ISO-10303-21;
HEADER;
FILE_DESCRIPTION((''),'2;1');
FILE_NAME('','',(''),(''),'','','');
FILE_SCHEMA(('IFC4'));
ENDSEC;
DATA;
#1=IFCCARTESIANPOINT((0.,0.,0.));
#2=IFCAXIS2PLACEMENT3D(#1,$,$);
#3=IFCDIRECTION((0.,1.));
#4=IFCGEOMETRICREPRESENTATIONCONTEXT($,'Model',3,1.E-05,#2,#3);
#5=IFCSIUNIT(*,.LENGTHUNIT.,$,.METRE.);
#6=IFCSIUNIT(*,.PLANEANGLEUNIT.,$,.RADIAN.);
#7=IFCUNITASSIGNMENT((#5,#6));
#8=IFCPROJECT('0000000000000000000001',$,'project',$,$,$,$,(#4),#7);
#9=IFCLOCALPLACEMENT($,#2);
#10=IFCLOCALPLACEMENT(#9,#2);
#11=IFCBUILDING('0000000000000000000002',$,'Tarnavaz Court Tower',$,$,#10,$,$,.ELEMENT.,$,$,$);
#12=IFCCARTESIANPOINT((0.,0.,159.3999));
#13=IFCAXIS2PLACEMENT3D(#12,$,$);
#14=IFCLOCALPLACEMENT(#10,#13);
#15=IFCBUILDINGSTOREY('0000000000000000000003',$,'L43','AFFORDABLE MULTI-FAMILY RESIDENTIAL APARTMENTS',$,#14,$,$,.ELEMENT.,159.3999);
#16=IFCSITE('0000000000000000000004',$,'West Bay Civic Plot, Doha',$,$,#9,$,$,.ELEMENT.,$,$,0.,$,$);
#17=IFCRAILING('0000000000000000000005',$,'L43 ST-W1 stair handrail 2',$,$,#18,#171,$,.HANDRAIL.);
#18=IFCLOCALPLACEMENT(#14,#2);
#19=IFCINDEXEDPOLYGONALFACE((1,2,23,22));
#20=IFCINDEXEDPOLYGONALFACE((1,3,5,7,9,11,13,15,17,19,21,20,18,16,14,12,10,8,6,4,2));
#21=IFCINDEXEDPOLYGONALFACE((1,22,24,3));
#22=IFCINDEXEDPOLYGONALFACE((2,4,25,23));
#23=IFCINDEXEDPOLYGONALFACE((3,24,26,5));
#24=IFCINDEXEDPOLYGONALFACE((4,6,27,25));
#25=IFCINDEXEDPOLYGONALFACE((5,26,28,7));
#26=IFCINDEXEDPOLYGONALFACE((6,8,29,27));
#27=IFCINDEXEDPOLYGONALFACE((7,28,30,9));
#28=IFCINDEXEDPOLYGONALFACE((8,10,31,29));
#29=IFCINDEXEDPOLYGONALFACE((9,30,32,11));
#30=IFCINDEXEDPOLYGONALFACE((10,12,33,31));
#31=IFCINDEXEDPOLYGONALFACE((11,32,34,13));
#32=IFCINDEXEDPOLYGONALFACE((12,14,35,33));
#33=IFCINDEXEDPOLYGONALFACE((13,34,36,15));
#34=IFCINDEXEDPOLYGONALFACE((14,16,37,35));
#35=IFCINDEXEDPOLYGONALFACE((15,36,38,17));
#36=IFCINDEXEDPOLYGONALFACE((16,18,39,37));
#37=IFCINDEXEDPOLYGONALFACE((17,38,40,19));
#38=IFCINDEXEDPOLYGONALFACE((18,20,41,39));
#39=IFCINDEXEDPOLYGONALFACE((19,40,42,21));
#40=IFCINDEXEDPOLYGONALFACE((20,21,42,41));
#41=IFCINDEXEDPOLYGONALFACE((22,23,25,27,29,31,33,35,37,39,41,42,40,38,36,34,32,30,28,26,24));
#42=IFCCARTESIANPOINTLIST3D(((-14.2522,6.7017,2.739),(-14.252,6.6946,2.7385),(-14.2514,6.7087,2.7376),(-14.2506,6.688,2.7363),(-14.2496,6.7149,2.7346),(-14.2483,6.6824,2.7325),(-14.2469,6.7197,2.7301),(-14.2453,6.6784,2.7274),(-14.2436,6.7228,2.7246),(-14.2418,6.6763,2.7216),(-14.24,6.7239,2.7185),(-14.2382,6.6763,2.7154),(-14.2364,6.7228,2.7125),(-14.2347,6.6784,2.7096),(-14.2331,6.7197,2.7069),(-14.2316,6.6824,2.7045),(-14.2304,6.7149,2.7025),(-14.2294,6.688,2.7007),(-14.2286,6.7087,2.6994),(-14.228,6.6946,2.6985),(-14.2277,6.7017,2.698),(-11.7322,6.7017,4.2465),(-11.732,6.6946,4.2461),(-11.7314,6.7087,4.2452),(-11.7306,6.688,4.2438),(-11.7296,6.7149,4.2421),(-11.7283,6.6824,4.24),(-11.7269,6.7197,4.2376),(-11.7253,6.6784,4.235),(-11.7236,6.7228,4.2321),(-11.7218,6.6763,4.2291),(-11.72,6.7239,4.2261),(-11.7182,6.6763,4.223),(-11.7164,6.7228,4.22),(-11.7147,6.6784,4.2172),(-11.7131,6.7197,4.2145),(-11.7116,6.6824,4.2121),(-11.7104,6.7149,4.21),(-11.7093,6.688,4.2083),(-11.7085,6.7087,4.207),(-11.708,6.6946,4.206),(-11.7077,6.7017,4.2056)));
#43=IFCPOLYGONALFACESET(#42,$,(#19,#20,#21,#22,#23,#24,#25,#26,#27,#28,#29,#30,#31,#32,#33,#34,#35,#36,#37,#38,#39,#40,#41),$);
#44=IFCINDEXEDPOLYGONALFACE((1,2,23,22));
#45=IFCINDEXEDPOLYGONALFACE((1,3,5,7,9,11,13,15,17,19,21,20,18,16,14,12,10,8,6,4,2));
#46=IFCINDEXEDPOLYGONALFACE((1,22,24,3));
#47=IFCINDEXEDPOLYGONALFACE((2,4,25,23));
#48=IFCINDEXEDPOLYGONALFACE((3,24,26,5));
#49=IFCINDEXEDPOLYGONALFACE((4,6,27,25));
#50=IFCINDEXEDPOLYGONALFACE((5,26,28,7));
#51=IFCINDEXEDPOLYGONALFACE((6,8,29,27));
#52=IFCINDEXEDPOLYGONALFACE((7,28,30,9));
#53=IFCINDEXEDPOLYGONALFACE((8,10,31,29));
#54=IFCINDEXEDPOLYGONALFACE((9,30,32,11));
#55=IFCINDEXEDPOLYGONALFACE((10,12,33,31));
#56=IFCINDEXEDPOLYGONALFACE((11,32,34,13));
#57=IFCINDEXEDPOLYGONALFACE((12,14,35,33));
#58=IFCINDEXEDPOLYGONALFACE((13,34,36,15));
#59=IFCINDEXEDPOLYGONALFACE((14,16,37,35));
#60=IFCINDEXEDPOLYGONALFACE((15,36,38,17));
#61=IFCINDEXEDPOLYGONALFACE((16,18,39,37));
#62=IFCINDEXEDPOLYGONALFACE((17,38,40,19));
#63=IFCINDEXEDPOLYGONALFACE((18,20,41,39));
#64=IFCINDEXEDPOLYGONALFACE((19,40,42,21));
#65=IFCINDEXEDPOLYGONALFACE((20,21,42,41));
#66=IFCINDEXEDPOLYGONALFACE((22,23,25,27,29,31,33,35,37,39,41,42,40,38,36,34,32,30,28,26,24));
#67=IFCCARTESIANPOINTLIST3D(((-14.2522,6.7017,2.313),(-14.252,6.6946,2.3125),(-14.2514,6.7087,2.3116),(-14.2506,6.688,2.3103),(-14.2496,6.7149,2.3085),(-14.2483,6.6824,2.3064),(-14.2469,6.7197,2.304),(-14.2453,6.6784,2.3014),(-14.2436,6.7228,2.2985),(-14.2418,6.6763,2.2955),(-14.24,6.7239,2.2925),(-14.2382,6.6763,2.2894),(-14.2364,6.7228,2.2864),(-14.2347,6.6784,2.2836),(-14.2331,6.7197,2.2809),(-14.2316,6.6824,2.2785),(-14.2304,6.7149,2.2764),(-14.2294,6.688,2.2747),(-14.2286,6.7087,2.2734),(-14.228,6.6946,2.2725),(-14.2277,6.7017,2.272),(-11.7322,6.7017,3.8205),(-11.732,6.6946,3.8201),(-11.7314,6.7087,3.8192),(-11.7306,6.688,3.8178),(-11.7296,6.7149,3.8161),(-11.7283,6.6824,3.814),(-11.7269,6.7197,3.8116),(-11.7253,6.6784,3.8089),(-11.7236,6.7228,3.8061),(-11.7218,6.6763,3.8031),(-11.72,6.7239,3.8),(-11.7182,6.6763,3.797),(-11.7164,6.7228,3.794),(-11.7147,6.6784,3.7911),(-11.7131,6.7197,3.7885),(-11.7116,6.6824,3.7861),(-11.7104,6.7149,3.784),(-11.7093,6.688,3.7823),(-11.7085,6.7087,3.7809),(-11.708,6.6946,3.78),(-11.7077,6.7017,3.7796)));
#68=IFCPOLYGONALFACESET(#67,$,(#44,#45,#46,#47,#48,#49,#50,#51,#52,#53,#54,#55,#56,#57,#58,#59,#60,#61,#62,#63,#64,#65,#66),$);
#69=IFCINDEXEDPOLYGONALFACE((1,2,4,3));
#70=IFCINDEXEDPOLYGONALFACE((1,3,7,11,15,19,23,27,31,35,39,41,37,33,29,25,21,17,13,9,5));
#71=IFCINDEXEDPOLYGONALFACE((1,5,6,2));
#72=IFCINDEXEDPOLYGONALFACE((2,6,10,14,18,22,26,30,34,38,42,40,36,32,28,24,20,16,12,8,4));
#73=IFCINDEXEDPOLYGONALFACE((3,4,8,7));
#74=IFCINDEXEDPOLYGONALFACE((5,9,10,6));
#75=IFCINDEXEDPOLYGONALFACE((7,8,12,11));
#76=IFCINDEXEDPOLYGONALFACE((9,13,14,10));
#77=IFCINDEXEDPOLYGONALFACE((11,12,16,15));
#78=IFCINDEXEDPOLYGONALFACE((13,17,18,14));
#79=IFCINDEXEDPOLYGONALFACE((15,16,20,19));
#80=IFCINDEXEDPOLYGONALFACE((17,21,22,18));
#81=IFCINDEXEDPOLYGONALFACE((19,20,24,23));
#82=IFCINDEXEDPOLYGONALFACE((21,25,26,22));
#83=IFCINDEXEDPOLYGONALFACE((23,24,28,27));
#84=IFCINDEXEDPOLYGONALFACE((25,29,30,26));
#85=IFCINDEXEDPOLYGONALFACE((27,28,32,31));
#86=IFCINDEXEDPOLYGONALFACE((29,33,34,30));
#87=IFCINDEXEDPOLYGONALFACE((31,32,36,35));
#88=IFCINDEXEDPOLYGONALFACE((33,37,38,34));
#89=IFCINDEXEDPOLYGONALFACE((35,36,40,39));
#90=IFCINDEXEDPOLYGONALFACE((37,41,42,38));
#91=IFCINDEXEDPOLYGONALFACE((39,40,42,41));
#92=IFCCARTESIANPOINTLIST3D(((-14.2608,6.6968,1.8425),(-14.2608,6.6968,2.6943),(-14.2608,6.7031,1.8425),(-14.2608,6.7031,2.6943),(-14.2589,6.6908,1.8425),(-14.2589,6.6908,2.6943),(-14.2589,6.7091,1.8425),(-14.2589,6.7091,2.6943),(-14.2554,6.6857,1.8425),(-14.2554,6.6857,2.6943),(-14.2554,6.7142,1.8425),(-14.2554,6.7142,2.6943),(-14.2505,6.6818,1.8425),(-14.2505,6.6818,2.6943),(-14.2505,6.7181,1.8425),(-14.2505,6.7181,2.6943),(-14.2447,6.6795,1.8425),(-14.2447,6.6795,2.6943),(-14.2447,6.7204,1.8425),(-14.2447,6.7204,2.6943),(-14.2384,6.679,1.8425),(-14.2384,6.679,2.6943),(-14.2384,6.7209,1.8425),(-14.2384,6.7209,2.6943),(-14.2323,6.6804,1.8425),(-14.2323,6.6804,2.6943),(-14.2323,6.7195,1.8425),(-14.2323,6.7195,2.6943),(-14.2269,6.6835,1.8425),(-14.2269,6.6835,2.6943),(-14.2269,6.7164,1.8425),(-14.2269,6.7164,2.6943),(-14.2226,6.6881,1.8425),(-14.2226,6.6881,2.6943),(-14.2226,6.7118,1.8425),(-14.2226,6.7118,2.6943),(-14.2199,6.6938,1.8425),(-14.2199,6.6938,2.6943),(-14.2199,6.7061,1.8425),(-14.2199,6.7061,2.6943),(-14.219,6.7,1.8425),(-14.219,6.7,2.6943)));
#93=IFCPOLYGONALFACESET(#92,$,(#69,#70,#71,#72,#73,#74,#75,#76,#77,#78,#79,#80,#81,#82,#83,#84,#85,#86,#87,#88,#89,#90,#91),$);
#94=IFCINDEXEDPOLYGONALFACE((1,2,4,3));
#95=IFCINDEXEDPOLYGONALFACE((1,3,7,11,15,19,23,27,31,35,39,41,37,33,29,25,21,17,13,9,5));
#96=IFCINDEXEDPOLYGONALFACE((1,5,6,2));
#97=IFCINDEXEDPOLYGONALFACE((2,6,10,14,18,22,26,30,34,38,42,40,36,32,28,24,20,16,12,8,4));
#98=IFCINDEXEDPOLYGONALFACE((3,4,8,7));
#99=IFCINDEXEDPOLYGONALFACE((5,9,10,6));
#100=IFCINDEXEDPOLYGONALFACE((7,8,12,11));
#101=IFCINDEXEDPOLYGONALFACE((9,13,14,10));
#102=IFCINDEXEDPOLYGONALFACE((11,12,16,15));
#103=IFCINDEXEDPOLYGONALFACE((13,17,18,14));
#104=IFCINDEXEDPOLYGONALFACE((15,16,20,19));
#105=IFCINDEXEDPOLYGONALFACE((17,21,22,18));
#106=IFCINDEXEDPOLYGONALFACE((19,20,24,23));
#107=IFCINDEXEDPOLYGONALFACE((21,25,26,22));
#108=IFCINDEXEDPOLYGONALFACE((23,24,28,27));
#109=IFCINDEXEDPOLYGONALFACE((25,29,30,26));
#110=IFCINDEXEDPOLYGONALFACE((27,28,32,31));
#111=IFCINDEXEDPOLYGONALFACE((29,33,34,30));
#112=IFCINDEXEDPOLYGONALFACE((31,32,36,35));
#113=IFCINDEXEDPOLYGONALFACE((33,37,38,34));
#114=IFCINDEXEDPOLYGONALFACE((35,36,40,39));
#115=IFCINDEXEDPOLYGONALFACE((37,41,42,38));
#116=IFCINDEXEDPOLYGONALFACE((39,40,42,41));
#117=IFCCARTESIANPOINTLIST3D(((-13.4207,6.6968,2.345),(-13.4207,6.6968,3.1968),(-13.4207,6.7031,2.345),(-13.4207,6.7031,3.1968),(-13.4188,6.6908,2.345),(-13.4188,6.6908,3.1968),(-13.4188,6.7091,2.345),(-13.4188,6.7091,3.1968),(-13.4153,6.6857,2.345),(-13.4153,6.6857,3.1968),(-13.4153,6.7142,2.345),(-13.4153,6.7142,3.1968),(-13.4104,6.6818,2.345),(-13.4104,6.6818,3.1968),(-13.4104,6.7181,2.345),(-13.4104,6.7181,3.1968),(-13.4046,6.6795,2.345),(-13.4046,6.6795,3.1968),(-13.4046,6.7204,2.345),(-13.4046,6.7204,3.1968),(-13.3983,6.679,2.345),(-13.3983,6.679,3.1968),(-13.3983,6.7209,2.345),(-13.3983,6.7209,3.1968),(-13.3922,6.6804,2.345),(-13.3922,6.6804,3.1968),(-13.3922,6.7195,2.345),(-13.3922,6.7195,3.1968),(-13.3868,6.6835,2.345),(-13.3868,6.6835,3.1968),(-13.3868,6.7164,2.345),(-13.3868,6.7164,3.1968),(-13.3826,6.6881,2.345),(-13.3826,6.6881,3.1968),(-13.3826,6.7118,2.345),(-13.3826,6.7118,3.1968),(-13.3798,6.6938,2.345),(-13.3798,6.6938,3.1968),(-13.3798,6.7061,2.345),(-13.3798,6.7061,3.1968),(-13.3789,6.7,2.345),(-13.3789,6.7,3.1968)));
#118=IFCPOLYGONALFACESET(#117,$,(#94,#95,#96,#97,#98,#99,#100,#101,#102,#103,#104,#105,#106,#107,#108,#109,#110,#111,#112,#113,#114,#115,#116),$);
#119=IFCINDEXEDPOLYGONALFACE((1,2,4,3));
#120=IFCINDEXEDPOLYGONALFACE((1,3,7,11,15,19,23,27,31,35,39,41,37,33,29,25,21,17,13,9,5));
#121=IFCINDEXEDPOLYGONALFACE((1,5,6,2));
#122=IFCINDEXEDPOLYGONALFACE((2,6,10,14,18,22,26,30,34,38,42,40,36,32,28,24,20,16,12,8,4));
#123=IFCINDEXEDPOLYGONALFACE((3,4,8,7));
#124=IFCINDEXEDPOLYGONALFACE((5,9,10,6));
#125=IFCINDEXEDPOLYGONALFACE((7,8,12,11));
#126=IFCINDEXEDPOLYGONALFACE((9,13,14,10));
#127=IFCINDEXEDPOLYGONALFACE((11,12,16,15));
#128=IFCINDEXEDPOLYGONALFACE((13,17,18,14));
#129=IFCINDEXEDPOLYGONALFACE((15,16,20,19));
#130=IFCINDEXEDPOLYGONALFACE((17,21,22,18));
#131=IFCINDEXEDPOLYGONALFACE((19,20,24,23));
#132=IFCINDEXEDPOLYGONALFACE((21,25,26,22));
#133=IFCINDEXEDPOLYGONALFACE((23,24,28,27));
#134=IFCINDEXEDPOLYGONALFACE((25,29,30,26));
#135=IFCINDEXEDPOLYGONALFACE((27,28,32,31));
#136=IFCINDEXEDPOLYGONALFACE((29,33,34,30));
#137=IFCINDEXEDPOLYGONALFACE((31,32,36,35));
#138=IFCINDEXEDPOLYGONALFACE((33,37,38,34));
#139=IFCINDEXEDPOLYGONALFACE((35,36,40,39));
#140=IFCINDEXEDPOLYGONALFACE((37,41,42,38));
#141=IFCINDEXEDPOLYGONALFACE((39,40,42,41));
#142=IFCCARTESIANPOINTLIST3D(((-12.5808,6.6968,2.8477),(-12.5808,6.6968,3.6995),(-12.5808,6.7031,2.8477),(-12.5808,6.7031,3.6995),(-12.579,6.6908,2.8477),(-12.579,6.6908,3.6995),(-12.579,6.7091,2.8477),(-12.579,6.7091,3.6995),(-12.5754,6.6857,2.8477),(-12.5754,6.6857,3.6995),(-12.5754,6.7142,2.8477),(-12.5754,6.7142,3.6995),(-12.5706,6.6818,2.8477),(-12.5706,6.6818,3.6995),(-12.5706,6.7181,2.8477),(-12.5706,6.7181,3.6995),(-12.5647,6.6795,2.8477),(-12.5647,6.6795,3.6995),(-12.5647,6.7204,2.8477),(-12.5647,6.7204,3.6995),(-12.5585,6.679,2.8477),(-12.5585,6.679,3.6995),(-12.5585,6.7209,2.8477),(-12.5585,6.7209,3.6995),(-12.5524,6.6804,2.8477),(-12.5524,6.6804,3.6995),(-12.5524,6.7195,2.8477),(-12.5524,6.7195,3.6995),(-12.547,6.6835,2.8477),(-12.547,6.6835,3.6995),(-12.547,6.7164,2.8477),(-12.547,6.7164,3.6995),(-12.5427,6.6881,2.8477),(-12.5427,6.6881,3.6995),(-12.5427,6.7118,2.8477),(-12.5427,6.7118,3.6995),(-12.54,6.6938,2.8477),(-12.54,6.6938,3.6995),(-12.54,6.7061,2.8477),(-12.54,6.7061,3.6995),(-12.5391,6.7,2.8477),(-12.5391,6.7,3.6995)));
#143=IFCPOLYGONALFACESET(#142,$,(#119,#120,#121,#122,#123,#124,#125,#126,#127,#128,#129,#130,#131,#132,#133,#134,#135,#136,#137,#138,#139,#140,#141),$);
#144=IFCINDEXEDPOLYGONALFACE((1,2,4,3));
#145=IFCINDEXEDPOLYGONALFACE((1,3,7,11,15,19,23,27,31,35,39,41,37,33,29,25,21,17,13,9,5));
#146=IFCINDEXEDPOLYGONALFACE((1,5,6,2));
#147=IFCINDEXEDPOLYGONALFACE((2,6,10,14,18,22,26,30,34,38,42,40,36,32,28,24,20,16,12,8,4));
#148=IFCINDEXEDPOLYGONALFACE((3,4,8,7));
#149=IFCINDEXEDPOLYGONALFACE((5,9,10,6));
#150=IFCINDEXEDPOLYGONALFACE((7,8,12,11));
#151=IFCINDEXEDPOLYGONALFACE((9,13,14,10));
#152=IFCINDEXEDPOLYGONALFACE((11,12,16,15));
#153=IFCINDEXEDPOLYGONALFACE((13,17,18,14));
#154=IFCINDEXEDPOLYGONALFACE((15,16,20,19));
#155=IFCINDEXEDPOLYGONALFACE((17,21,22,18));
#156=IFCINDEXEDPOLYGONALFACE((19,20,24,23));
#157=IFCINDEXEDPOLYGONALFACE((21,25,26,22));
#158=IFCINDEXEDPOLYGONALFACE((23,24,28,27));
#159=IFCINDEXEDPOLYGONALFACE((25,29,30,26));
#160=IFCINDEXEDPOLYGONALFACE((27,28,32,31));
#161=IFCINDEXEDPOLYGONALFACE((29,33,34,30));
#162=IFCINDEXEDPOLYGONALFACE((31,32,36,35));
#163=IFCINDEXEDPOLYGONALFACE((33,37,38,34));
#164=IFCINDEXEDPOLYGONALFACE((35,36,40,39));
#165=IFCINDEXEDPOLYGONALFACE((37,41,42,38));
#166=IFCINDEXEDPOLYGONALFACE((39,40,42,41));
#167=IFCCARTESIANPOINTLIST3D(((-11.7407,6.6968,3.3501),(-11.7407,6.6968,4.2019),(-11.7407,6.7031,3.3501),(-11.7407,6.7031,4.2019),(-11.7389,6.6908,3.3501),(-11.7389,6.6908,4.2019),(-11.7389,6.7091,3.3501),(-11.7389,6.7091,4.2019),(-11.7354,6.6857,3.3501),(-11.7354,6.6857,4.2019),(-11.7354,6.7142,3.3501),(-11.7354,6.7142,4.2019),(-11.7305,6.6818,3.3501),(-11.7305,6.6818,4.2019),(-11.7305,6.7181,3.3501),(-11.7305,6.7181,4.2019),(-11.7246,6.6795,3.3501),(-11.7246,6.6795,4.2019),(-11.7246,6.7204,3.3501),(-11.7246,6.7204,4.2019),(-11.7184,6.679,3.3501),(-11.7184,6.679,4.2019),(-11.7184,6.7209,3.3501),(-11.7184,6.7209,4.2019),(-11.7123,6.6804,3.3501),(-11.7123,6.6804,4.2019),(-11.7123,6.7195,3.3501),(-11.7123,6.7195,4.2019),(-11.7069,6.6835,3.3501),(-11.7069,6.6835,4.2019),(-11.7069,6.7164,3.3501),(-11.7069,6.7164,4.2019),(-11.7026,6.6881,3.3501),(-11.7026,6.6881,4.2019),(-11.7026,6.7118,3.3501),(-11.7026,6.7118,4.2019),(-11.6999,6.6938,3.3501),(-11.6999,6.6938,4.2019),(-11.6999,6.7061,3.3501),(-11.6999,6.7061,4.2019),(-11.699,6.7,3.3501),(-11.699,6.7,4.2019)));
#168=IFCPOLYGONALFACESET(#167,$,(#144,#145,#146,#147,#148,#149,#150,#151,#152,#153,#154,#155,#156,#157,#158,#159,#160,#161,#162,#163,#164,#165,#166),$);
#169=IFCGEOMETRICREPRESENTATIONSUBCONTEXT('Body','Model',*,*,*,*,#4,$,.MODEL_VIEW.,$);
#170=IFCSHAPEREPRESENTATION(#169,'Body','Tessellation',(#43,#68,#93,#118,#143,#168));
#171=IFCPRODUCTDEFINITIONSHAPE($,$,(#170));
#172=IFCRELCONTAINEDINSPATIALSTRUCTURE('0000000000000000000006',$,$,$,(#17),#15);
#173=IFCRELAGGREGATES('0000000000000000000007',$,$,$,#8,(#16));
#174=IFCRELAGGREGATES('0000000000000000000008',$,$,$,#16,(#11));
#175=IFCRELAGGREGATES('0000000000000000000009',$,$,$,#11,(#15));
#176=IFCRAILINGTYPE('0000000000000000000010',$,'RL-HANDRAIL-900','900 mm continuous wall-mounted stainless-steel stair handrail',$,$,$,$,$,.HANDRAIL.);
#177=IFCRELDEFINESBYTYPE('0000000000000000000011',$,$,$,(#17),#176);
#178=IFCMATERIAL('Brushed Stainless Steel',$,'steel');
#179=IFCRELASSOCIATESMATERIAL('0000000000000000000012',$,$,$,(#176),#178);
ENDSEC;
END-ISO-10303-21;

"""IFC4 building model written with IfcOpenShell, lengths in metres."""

from ifc_helpers import new_model, si_unit, direction, frame, origin, origin_2d, place, context, subcontext, project, spatial, circle, extrude, material, type_object, element, save


model = new_model("IFC4")

# Units and contexts
model_context = context("Model", 3, precision=1e-05, world=origin(), true_north=direction((0.0, 1.0)))
body_context = subcontext(model_context, "Body", "Model", "MODEL_VIEW")
ifc_project = project(units=[si_unit("LENGTHUNIT", "METRE"), si_unit("PLANEANGLEUNIT", "RADIAN")], contexts=[model_context])

# Site, building, storey
site_placement = place(None, origin())
site = spatial("IfcSite", under=ifc_project, at=site_placement, Name="West Bay Civic Plot, Doha", CompositionType="ELEMENT", RefElevation=0.0)
building_placement = place(site_placement, origin())
building = spatial("IfcBuilding", under=site, at=building_placement, Name="Tarnavaz Court Tower", CompositionType="ELEMENT")
storey_placement = place(building_placement, frame((0.0, 0.0, 159.3999)))
storey = spatial("IfcBuildingStorey", under=building, at=storey_placement, Name="L43", Description="AFFORDABLE MULTI-FAMILY RESIDENTIAL APARTMENTS", CompositionType="ELEMENT", Elevation=159.3999)

# Railing
ifc_material_1 = material(Name="Brushed Stainless Steel", Category="steel")
railing_type_1 = type_object("IfcRailingType", Name="RL-HANDRAIL-900", Description="900 mm continuous wall-mounted stainless-steel stair handrail", PredefinedType="HANDRAIL", material=ifc_material_1)
railing_1_placement = place(storey_placement, frame((-14.24, 6.7, 1.8425)))
element("IfcRailing", 1, at=railing_1_placement, inside=storey, type_object=railing_type_1, Name="L43 ST-W1 stair handrail 2", PredefinedType="HANDRAIL", context=body_context, shape_type="SweptSolid", body=[
    extrude(circle(Radius=0.0239, at=origin_2d()), frame((0.0, 0.0, 0.876), z_axis=(0.85816, 0.0, 0.513383), x_axis=(0.0, 1.0, 0.0)), (0.0, 0.0, 1.0), 2.9365),
    extrude(circle(Radius=0.0239, at=origin_2d()), frame((0.0, 0.0, 0.45), z_axis=(0.85816, 0.0, 0.513383), x_axis=(0.0, 1.0, 0.0)), (0.0, 0.0, 1.0), 2.9365),
    extrude(circle(Radius=0.021, at=origin_2d()), origin(), (0.0, 0.0, 1.0), 0.8518),
    extrude(circle(Radius=0.021, at=origin_2d()), frame((0.8401, 0.0, 0.5024)), (0.0, 0.0, 1.0), 0.8518),
    extrude(circle(Radius=0.021, at=origin_2d()), frame((1.6799, 0.0, 1.0051)), (0.0, 0.0, 1.0), 0.8518),
    extrude(circle(Radius=0.021, at=origin_2d()), frame((2.52, 0.0, 1.5076)), (0.0, 0.0, 1.0), 0.8518),
])

save(model, "model.ifc")
